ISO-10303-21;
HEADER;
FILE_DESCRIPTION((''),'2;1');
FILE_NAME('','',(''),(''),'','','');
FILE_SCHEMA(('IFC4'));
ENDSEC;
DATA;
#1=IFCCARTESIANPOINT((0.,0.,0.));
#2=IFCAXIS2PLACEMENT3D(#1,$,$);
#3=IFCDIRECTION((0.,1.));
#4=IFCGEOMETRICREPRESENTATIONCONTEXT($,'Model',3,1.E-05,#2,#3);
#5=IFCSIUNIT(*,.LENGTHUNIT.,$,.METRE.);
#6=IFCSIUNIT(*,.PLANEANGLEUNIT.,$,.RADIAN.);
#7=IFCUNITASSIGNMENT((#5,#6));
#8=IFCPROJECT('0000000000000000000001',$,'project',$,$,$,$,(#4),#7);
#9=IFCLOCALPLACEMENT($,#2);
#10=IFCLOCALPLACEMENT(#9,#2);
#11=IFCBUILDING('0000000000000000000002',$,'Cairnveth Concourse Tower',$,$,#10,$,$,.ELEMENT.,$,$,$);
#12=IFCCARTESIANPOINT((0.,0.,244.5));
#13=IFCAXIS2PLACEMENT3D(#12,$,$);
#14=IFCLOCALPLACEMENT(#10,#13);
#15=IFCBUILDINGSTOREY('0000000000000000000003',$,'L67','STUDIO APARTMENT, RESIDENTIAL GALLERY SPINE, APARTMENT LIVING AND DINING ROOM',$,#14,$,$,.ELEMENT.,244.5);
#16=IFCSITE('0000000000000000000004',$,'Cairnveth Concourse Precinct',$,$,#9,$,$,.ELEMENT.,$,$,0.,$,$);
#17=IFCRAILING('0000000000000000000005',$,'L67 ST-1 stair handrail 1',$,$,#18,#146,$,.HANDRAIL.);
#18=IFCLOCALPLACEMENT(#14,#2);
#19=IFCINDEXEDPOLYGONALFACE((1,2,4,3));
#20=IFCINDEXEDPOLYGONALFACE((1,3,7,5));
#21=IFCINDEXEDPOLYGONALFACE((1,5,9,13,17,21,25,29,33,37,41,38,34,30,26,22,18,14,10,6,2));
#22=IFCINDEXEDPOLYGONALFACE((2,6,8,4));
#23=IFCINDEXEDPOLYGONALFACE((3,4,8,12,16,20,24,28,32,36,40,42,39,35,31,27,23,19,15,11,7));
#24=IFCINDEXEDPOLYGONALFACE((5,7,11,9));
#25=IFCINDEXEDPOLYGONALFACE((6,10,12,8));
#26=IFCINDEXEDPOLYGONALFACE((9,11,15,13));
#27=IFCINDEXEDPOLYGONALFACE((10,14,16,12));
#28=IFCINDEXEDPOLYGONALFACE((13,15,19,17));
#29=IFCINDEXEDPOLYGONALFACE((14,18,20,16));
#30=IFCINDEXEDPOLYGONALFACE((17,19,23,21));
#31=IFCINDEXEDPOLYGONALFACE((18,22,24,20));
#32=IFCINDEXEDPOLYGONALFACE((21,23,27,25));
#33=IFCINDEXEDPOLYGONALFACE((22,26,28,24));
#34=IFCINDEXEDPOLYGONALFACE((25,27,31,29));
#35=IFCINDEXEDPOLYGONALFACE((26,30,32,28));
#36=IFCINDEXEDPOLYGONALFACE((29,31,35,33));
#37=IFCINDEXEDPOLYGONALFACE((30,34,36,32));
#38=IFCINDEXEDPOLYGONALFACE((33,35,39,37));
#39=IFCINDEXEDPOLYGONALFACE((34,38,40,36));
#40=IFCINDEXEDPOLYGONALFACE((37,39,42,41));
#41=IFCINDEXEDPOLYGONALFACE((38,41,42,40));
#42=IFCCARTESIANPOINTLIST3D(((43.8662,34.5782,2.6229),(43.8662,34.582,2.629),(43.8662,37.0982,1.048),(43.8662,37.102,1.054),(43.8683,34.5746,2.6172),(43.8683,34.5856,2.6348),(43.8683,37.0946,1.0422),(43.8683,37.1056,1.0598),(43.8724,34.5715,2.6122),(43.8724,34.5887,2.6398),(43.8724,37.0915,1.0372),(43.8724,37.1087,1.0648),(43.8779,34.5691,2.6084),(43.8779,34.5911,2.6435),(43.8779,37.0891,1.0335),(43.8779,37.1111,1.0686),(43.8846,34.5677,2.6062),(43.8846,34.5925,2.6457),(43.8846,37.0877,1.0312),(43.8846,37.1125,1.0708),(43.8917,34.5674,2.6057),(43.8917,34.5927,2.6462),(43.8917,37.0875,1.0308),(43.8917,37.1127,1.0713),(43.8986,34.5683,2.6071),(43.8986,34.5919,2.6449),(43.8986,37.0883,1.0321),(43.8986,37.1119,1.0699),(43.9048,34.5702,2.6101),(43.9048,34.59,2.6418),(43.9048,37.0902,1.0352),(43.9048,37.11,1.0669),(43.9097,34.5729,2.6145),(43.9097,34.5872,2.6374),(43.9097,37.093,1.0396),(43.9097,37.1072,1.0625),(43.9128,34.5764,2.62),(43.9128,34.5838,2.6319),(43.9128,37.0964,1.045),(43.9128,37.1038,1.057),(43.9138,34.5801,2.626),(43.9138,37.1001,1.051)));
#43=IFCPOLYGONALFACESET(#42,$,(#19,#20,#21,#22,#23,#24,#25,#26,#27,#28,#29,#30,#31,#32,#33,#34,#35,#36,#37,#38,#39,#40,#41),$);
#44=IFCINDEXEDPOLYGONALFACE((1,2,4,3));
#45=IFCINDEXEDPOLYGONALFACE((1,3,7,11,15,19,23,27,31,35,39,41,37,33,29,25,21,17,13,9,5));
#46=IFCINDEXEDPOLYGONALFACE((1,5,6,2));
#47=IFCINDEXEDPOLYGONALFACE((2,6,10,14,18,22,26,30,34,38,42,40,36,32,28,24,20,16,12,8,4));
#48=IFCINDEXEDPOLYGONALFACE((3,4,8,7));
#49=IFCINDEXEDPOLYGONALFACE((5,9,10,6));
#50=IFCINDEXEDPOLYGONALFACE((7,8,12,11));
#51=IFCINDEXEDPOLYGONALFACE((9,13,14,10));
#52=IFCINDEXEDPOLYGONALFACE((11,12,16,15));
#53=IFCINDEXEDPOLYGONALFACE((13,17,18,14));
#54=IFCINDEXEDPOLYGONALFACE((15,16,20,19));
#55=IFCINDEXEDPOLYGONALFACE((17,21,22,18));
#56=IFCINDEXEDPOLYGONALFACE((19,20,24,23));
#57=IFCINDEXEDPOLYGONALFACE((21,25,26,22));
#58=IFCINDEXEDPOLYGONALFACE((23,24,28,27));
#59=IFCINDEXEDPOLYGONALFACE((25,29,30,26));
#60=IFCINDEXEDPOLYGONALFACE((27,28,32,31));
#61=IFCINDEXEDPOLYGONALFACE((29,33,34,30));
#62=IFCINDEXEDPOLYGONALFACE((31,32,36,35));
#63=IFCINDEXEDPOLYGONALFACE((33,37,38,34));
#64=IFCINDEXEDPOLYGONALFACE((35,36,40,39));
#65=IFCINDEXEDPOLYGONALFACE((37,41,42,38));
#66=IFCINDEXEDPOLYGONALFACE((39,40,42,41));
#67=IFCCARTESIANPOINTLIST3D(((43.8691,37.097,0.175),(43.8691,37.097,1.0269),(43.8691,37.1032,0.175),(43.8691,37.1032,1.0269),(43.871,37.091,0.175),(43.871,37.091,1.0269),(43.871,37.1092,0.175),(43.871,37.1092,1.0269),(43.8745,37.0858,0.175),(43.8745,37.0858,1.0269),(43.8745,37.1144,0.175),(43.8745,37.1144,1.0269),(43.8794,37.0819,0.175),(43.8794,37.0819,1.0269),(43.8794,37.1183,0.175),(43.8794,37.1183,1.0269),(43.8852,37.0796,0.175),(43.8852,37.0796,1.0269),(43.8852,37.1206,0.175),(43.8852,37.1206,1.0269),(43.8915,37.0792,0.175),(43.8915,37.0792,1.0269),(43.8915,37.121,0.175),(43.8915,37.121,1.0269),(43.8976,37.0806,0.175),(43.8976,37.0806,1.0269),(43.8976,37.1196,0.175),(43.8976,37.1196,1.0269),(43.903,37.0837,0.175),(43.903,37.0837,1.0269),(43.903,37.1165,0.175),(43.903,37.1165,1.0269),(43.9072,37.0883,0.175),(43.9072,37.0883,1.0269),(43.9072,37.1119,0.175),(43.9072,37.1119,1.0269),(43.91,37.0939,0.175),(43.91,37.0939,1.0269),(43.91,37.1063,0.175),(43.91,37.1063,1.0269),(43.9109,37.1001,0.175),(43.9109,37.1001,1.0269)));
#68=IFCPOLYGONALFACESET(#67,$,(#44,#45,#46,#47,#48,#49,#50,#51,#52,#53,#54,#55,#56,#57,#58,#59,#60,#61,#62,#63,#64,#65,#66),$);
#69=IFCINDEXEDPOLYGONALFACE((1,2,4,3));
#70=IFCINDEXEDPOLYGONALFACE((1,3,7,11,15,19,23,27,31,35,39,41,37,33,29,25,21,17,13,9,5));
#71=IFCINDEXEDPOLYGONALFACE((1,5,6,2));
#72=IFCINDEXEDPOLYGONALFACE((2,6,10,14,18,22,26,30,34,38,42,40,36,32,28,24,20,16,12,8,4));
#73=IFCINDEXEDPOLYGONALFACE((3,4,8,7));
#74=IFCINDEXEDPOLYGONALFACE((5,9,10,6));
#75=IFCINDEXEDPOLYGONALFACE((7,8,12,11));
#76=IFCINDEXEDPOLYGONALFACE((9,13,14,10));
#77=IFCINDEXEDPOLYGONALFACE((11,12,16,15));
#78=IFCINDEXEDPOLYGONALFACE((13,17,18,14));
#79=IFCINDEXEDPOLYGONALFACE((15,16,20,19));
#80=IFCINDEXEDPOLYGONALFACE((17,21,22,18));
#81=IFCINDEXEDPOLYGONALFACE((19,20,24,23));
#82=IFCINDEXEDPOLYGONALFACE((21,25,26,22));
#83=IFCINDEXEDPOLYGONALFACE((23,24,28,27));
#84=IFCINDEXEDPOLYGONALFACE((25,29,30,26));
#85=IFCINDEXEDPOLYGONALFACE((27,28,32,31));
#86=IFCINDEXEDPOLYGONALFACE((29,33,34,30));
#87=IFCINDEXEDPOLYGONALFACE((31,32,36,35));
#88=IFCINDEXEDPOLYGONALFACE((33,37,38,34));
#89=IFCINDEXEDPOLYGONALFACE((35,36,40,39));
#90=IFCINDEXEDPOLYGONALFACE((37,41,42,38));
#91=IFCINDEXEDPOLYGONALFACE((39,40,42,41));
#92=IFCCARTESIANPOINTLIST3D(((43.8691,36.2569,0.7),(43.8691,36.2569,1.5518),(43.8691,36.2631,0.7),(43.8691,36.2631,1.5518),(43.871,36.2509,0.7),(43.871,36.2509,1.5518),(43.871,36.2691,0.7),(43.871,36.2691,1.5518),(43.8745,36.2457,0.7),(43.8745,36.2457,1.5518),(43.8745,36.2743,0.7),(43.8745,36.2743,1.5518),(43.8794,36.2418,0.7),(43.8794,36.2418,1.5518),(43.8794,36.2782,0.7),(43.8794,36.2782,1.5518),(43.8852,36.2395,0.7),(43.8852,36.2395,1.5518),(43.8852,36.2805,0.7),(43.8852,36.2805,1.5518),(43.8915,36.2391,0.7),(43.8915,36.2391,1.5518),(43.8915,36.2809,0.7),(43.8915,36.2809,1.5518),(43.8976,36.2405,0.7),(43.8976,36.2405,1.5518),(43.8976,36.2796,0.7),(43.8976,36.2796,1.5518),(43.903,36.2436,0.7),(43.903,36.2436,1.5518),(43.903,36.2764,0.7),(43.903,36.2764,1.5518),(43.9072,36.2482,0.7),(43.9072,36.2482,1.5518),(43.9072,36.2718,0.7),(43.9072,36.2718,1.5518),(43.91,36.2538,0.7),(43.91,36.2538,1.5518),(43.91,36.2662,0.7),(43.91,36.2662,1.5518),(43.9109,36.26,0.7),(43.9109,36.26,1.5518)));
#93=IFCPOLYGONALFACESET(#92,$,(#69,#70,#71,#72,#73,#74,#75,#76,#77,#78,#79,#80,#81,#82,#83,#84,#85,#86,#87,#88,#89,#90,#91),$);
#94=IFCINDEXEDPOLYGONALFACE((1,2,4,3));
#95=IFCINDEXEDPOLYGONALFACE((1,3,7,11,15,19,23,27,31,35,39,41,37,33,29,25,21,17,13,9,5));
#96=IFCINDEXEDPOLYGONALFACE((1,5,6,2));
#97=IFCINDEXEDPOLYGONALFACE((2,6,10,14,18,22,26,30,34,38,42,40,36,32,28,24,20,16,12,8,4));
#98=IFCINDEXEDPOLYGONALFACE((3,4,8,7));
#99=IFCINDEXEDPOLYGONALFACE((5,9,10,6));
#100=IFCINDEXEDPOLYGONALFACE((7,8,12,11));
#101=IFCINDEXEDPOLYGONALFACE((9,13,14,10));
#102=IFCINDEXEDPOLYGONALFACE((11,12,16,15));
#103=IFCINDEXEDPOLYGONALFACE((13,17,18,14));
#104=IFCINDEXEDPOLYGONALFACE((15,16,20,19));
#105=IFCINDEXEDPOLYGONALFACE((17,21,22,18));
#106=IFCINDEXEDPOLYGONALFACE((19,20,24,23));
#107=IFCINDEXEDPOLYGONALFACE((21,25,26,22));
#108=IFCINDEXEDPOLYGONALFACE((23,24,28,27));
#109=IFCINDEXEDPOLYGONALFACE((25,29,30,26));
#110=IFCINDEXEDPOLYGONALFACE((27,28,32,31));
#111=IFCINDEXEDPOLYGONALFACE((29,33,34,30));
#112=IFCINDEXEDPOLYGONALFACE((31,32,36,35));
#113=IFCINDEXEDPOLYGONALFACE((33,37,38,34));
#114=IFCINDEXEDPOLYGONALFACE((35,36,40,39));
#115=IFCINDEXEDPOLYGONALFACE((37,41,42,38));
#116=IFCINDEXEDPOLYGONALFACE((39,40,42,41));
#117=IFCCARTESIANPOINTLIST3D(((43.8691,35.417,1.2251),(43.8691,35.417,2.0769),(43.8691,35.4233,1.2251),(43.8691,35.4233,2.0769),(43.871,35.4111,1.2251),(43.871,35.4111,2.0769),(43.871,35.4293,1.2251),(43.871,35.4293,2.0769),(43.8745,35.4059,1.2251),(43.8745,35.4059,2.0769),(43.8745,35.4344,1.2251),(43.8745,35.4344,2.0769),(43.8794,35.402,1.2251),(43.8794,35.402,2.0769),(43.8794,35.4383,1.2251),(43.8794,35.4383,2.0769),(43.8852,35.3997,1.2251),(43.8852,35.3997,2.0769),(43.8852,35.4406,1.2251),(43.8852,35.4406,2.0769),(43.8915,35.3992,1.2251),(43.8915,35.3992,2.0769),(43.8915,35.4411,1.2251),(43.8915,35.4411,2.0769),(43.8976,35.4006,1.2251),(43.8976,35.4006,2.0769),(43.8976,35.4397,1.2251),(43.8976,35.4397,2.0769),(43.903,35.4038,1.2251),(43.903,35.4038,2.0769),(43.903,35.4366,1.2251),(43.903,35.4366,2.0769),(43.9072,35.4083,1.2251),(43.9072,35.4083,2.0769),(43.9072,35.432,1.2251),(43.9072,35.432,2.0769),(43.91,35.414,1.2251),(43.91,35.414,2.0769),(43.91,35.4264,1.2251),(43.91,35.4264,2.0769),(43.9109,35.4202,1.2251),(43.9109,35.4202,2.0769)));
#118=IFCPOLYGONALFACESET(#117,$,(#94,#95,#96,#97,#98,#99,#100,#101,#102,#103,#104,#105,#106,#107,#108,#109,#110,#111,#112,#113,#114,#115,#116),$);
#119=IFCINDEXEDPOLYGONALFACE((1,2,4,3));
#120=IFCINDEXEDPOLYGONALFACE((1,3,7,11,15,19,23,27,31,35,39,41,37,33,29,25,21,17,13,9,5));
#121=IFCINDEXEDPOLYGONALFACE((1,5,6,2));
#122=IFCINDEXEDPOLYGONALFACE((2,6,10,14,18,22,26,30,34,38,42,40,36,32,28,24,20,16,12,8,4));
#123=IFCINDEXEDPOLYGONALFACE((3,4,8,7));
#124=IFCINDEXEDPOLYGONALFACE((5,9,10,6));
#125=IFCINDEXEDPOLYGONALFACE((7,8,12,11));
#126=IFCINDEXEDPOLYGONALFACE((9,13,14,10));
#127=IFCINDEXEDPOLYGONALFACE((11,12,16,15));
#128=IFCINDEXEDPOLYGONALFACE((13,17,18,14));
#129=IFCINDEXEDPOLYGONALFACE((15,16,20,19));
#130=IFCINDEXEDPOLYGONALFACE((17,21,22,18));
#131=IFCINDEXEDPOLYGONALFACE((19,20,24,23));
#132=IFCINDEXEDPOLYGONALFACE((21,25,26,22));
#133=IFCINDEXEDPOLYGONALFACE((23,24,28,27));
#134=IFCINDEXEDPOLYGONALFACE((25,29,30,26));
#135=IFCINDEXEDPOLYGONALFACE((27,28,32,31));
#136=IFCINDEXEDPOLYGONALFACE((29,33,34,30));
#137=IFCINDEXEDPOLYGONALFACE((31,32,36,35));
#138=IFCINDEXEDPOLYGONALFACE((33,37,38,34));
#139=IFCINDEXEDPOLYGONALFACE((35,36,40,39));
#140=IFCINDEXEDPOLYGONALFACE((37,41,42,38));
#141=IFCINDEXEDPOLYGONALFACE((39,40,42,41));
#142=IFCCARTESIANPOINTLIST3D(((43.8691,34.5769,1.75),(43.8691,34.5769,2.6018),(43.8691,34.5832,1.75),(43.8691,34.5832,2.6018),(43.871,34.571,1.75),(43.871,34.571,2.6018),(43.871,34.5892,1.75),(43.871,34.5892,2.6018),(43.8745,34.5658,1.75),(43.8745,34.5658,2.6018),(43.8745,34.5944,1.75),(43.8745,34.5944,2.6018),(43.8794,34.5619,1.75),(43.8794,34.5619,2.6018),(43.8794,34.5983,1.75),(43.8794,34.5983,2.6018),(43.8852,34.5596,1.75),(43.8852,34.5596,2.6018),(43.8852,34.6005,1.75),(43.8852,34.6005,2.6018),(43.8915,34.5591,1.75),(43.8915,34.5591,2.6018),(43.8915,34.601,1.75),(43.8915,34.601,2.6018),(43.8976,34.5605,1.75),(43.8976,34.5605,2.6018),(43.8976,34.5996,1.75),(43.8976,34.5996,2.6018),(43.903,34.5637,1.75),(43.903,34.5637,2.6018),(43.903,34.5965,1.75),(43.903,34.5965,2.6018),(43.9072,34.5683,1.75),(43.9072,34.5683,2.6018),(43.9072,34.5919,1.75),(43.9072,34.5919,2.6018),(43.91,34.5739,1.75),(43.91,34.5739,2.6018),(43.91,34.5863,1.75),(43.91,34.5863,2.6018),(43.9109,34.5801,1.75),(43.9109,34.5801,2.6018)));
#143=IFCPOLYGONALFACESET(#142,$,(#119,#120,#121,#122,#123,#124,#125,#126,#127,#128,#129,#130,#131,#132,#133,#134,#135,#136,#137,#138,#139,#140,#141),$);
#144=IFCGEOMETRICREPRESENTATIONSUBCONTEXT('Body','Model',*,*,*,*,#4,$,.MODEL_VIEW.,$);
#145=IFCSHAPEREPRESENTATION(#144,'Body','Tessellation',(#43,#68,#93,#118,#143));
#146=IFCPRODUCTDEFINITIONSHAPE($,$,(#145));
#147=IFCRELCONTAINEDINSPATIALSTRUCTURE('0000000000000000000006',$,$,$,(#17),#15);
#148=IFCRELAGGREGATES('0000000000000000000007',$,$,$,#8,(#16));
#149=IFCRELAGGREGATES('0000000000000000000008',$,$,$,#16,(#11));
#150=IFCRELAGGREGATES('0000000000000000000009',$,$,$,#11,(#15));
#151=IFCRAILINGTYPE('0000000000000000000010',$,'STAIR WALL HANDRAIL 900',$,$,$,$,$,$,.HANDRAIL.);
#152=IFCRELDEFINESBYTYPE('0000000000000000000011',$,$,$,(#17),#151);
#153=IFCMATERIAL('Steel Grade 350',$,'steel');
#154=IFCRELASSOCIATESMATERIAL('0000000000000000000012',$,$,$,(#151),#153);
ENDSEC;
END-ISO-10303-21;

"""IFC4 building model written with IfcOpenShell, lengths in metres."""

from ifc_helpers import new_model, si_unit, direction, frame, origin, origin_2d, place, context, subcontext, project, spatial, circle, extrude, material, type_object, element, save


model = new_model("IFC4")

# Units and contexts
model_context = context("Model", 3, precision=1e-05, world=origin(), true_north=direction((0.0, 1.0)))
body_context = subcontext(model_context, "Body", "Model", "MODEL_VIEW")
ifc_project = project(units=[si_unit("LENGTHUNIT", "METRE"), si_unit("PLANEANGLEUNIT", "RADIAN")], contexts=[model_context])

# Site, building, storey
site_placement = place(None, origin())
site = spatial("IfcSite", under=ifc_project, at=site_placement, Name="Cairnveth Concourse Precinct", CompositionType="ELEMENT", RefElevation=0.0)
building_placement = place(site_placement, origin())
building = spatial("IfcBuilding", under=site, at=building_placement, Name="Cairnveth Concourse Tower", CompositionType="ELEMENT")
storey_placement = place(building_placement, frame((0.0, 0.0, 244.5)))
storey = spatial("IfcBuildingStorey", under=building, at=storey_placement, Name="L67", Description="STUDIO APARTMENT, RESIDENTIAL GALLERY SPINE, APARTMENT LIVING AND DINING ROOM", CompositionType="ELEMENT", Elevation=244.5)

# Railing
ifc_material_1 = material(Name="Steel Grade 350", Category="steel")
railing_type_1 = type_object("IfcRailingType", Name="STAIR WALL HANDRAIL 900", PredefinedType="HANDRAIL", material=ifc_material_1)
railing_1_placement = place(storey_placement, frame((43.8899, 37.1001, 0.175)))
element("IfcRailing", 1, at=railing_1_placement, inside=storey, type_object=railing_type_1, Name="L67 ST-1 stair handrail 1", PredefinedType="HANDRAIL", context=body_context, shape_type="SweptSolid", body=[
    extrude(circle(Radius=0.0239, at=origin_2d()), frame((0.0, 0.0, 0.876), z_axis=(0.0, -0.848008, 0.529984), x_axis=(1.0, 0.0, 0.0)), (0.0, 0.0, 1.0), 2.9717),
    extrude(circle(Radius=0.021, at=origin_2d()), origin(), (0.0, 0.0, 1.0), 0.8518),
    extrude(circle(Radius=0.021, at=origin_2d()), frame((0.0, -0.8401, 0.5249)), (0.0, 0.0, 1.0), 0.8518),
    extrude(circle(Radius=0.021, at=origin_2d()), frame((0.0, -1.6799, 1.05)), (0.0, 0.0, 1.0), 0.8518),
    extrude(circle(Radius=0.021, at=origin_2d()), frame((0.0, -2.52, 1.575)), (0.0, 0.0, 1.0), 0.8518),
])

save(model, "model.ifc")
